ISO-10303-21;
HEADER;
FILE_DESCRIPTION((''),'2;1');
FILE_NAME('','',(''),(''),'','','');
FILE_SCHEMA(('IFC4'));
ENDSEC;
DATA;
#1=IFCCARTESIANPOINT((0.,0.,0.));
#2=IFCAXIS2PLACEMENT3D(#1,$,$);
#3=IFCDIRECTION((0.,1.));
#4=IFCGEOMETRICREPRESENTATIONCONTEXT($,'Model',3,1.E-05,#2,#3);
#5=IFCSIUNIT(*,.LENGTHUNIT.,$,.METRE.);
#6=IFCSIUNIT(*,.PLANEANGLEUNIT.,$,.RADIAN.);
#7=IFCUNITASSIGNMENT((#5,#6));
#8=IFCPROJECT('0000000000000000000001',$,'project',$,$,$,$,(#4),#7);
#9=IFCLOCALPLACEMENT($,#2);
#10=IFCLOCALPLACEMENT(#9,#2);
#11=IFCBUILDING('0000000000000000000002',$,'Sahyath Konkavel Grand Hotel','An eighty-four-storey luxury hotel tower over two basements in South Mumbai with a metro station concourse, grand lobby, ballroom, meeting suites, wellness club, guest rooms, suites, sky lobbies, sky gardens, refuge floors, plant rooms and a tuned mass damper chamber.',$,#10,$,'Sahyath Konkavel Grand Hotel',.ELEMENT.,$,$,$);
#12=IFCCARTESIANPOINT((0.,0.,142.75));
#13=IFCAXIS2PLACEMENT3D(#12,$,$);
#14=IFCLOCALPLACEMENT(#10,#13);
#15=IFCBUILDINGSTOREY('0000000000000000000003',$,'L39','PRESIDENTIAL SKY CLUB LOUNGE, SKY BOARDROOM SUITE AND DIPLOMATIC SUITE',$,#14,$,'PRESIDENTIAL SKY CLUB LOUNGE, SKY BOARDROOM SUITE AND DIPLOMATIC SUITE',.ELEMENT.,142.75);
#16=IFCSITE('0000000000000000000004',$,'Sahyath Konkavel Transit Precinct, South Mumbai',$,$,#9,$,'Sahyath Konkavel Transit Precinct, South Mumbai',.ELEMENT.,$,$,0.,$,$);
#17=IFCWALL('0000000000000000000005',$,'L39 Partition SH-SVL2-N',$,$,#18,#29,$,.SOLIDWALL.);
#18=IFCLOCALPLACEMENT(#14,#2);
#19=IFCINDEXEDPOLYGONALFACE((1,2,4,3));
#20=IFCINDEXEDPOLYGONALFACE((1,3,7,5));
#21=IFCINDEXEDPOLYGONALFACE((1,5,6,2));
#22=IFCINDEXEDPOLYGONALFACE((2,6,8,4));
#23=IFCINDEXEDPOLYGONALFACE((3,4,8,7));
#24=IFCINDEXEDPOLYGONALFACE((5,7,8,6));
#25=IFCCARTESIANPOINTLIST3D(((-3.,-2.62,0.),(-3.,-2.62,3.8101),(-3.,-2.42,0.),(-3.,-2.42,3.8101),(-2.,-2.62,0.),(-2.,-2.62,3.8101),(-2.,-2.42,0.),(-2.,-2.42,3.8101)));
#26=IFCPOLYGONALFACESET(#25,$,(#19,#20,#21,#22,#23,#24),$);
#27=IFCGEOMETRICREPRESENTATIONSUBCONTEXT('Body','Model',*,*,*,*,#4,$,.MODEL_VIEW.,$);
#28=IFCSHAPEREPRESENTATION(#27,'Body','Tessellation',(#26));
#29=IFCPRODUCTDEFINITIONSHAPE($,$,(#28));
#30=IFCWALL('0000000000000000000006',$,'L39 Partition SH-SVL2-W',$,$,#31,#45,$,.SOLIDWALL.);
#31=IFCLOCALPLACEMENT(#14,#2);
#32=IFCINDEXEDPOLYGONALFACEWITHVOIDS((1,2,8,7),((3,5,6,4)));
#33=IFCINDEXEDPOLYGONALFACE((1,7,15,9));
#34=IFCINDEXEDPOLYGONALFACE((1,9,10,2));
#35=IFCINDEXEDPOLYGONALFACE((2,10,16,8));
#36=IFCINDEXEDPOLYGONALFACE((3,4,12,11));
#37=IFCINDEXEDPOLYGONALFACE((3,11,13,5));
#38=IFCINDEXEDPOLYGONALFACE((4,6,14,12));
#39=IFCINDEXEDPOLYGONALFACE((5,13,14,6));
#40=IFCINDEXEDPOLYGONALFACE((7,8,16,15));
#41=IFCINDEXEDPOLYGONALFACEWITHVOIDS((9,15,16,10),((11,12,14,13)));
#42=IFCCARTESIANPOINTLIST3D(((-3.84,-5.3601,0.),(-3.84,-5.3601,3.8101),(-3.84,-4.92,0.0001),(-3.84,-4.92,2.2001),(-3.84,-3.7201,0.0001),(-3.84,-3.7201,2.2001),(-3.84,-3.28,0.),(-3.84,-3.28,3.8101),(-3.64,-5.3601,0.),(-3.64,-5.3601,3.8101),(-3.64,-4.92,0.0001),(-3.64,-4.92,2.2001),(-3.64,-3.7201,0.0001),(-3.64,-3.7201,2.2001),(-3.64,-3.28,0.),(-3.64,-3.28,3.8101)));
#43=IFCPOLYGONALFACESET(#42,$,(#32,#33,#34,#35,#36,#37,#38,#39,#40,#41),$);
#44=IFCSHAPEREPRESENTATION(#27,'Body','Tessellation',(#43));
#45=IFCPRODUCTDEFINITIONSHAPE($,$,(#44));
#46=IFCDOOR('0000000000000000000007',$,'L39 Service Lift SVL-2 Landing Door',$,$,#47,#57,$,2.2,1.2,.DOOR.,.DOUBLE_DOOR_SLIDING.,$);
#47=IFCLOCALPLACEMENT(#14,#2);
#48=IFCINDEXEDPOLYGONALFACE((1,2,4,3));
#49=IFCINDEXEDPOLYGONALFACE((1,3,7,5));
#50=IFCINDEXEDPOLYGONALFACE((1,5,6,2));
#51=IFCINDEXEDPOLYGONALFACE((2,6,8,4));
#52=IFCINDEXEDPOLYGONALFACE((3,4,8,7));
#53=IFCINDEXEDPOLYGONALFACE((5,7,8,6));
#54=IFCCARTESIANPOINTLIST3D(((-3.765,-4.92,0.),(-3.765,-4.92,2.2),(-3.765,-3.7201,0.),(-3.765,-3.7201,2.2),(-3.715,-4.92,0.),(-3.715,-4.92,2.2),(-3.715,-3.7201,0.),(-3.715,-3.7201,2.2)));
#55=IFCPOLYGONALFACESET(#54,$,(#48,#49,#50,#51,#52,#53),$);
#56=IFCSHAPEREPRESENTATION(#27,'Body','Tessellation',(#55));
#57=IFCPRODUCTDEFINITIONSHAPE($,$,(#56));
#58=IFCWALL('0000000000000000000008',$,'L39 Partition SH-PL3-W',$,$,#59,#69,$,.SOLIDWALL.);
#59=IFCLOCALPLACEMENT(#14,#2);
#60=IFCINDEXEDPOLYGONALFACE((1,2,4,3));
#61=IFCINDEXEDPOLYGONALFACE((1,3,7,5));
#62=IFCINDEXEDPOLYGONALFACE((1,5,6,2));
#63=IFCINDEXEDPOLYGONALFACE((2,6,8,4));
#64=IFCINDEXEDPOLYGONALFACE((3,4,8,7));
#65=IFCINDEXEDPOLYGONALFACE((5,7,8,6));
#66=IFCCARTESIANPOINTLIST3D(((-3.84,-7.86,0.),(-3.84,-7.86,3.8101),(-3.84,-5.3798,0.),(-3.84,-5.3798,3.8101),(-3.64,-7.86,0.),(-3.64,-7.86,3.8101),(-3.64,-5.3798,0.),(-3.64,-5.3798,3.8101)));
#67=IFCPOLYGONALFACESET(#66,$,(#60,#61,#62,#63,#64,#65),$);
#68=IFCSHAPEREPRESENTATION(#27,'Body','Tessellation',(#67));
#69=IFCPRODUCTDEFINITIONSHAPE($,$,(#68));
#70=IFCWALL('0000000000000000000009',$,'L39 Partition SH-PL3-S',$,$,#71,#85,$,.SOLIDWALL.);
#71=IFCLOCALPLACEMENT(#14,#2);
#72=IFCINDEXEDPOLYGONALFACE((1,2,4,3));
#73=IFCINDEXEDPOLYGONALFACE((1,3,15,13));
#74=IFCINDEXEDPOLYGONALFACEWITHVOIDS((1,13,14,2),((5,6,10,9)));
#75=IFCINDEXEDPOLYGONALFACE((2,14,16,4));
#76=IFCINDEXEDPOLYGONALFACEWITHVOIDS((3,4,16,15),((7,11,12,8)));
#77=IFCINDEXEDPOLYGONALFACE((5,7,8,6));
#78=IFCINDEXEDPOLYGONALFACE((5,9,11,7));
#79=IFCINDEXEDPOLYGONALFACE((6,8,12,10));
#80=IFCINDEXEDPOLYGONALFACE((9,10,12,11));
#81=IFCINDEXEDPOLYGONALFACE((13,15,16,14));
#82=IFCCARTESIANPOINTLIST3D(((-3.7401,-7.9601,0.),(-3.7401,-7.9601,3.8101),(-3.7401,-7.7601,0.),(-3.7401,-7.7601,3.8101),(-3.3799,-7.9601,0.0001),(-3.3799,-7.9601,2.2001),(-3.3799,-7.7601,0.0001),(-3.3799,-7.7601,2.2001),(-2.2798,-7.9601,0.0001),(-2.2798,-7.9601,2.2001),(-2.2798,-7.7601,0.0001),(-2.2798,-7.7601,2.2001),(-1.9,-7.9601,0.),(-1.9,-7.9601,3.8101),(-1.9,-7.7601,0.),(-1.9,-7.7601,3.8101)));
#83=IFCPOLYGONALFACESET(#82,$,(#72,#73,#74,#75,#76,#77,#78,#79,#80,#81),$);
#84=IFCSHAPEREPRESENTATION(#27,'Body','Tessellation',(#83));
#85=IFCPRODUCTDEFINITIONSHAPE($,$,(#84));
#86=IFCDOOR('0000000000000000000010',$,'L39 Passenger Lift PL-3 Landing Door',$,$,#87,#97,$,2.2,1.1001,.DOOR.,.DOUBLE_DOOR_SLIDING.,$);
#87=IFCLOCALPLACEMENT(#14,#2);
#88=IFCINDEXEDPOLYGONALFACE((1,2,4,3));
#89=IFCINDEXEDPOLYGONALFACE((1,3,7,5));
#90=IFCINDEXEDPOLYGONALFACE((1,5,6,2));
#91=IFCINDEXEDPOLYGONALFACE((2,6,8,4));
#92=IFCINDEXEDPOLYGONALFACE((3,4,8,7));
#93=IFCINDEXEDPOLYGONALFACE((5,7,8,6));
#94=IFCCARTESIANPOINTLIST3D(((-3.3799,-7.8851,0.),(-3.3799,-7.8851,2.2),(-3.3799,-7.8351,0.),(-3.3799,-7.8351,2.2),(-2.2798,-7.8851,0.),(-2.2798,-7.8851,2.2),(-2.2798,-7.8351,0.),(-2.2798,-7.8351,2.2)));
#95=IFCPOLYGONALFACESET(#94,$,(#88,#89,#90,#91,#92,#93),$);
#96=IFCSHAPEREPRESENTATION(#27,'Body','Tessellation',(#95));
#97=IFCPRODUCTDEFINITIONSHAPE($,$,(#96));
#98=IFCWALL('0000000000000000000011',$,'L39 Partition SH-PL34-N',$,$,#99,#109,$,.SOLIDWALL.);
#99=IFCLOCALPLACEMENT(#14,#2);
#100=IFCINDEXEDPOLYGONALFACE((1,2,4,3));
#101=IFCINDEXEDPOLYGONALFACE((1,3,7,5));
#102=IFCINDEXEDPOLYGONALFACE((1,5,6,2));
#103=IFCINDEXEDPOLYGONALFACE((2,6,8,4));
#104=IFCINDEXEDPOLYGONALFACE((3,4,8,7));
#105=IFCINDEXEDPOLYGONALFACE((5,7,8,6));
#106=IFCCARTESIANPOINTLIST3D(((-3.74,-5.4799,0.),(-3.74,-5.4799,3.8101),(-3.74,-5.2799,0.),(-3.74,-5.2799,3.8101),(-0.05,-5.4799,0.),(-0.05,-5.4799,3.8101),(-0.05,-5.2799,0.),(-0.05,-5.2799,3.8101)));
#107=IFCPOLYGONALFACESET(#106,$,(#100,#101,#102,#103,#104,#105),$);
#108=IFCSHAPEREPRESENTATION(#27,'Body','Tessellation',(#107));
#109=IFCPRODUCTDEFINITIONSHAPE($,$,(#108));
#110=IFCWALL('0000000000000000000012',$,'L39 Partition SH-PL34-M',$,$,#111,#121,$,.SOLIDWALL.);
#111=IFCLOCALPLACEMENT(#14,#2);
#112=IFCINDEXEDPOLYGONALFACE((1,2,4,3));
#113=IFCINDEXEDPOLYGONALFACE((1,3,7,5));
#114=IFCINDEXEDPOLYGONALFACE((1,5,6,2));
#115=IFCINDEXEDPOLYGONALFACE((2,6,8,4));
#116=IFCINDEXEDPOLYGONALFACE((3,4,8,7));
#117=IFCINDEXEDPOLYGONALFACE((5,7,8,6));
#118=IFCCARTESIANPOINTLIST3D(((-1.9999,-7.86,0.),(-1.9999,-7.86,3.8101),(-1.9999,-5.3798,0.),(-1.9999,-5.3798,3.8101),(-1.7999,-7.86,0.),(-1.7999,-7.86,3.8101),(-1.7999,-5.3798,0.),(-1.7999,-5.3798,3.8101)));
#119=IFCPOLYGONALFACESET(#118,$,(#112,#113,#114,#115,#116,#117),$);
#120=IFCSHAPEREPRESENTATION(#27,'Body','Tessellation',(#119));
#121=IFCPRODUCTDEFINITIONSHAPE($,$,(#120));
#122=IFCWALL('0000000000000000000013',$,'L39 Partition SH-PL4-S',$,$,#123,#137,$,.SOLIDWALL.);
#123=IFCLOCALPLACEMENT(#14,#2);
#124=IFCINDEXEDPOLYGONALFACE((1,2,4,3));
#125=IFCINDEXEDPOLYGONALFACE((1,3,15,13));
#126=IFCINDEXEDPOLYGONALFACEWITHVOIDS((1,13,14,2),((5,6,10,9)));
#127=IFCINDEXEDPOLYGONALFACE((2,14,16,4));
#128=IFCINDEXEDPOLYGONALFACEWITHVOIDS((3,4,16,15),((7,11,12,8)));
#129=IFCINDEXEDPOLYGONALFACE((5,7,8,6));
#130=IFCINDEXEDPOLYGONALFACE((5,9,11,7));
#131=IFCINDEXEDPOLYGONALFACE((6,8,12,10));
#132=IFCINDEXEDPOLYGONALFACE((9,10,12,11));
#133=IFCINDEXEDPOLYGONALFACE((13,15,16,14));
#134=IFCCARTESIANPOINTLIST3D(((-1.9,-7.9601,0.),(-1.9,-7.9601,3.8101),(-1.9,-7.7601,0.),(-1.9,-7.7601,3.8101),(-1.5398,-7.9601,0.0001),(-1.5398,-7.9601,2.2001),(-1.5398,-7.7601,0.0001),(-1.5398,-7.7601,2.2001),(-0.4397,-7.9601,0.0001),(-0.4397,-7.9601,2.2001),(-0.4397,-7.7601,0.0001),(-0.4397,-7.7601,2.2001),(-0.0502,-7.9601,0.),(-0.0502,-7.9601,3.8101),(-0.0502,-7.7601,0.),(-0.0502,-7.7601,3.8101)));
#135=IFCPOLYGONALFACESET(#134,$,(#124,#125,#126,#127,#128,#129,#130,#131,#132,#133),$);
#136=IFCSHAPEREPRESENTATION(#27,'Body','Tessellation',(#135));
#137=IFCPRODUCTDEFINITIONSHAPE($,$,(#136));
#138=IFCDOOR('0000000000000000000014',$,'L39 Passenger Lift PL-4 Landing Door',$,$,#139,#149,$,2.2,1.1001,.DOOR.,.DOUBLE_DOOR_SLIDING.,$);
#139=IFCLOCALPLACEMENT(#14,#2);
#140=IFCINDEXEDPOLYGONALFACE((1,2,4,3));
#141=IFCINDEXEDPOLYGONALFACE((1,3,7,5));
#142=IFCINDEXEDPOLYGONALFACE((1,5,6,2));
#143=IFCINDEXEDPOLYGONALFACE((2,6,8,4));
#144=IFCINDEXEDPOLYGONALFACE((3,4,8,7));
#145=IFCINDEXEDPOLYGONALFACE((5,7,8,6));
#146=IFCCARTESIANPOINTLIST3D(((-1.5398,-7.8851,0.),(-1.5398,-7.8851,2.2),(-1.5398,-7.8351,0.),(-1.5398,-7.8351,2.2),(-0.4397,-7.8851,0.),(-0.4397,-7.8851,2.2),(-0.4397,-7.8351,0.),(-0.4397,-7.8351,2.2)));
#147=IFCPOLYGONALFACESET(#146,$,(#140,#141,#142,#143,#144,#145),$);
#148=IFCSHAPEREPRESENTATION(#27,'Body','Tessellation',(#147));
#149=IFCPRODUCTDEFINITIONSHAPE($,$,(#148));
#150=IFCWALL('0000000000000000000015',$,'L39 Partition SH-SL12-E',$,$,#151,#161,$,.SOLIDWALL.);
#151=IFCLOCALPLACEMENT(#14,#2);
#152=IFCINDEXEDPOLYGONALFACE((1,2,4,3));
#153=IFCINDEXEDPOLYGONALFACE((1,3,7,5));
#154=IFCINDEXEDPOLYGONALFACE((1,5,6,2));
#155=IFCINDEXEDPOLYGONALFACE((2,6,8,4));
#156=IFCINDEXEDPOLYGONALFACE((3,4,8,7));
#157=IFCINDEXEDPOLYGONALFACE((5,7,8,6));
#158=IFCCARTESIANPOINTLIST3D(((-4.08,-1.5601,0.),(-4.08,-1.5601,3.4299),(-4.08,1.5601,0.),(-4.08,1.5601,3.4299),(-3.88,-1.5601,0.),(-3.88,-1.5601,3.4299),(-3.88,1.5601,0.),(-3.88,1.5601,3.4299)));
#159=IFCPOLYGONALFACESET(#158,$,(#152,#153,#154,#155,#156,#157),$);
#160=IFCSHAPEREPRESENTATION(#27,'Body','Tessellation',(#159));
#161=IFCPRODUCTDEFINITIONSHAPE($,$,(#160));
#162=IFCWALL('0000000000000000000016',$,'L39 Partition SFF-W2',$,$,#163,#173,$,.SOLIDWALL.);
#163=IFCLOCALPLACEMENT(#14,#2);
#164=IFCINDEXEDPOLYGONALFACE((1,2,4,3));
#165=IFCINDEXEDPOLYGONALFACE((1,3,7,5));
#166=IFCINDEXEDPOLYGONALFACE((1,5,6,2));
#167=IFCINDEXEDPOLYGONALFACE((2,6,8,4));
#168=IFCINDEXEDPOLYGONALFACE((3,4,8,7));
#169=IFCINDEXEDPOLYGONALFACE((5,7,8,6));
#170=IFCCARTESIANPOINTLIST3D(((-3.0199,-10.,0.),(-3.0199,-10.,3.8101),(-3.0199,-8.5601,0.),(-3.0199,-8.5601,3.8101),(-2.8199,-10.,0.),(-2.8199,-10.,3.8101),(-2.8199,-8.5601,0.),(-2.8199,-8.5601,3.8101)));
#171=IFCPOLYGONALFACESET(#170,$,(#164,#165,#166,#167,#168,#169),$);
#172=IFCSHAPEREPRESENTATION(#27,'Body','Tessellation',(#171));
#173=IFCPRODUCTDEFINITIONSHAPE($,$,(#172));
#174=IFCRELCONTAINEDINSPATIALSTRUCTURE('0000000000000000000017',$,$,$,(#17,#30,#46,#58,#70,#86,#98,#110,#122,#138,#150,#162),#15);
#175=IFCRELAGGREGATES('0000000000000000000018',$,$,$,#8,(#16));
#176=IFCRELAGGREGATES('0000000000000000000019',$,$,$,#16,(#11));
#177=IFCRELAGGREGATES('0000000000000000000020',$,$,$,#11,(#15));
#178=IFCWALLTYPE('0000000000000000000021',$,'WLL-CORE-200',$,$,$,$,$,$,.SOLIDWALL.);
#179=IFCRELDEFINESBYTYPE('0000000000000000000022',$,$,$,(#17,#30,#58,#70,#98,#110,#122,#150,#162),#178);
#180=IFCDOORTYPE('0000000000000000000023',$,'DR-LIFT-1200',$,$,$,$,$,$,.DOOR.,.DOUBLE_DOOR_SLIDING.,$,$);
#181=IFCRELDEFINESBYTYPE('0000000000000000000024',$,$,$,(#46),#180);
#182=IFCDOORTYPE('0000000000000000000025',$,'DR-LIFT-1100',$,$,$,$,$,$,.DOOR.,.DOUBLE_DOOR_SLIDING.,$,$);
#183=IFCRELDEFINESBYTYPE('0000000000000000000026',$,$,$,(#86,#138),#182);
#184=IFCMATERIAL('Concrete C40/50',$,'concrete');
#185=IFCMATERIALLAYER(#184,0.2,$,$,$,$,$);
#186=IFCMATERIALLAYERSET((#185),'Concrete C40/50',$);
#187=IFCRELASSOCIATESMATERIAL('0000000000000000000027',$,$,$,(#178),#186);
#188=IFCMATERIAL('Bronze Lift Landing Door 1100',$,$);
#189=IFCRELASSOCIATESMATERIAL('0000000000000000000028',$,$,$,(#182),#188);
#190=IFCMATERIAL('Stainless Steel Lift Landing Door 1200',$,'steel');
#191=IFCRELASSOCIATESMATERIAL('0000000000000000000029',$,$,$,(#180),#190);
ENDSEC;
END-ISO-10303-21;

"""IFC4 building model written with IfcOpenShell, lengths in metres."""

from ifc_helpers import new_model, si_unit, direction, frame, frame_2d, origin, origin_2d, place, context, subcontext, project, spatial, rectangle, extrude, source, transform, mapped, material, layer, layer_set, type_object, element, fill, save


model = new_model("IFC4")

# Units and contexts
model_context = context("Model", 3, precision=1e-05, world=origin(), true_north=direction((0.0, 1.0)))
body_context = subcontext(model_context, "Body", "Model", "MODEL_VIEW")
ifc_project = project(units=[si_unit("LENGTHUNIT", "METRE"), si_unit("PLANEANGLEUNIT", "RADIAN")], contexts=[model_context])

# Site, building, storey
site_placement = place(None, origin())
site = spatial("IfcSite", under=ifc_project, at=site_placement, Name="Sahyath Konkavel Transit Precinct, South Mumbai", LongName="Sahyath Konkavel Transit Precinct, South Mumbai", CompositionType="ELEMENT", RefElevation=0.0)
building_placement = place(site_placement, origin())
building = spatial("IfcBuilding", under=site, at=building_placement, Name="Sahyath Konkavel Grand Hotel", Description="An eighty-four-storey luxury hotel tower over two basements in South Mumbai with a metro station concourse, grand lobby, ballroom, meeting suites, wellness club, guest rooms, suites, sky lobbies, sky gardens, refuge floors, plant rooms and a tuned mass damper chamber.", LongName="Sahyath Konkavel Grand Hotel", CompositionType="ELEMENT")
storey_placement = place(building_placement, frame((0.0, 0.0, 142.75)))
storey = spatial("IfcBuildingStorey", under=building, at=storey_placement, Name="L39", Description="PRESIDENTIAL SKY CLUB LOUNGE, SKY BOARDROOM SUITE AND DIPLOMATIC SUITE", LongName="PRESIDENTIAL SKY CLUB LOUNGE, SKY BOARDROOM SUITE AND DIPLOMATIC SUITE", CompositionType="ELEMENT", Elevation=142.75)

# Shared definitions
ifc_material_1 = material(Name="Concrete C40/50", Category="concrete")
ifc_layer_1 = layer(ifc_material_1, 0.2)
ifc_layer_set_1 = layer_set([ifc_layer_1], Name="Concrete C40/50")
wall_type_1 = type_object("IfcWallType", Name="WLL-CORE-200", PredefinedType="SOLIDWALL", material=ifc_layer_set_1)

# Shared definitions
ifc_material_2 = material(Name="Bronze Lift Landing Door 1100")
door_type_1 = type_object("IfcDoorType", Name="DR-LIFT-1100", OperationType="DOUBLE_DOOR_SLIDING", PredefinedType="DOOR", material=ifc_material_2)
shared_shape_1 = source(origin(), body_context, "Body", "SweptSolid", [
    extrude(rectangle(XDim=1.1001, YDim=0.05, at=origin_2d()), origin(), (0.0, 0.0, 1.0), 2.2),
])

# Wall
wall_1_placement = place(storey_placement, frame((-3.0, -2.52, 0.0), z_axis=(0.0, 0.0, 1.0), x_axis=(1.0, 0.0, 0.0)))
element("IfcWall", 1, at=wall_1_placement, inside=storey, type_object=wall_type_1, Name="L39 Partition SH-SVL2-N", PredefinedType="SOLIDWALL", context=body_context, shape_type="SweptSolid", body=[
    extrude(rectangle(XDim=1.0, YDim=0.2, at=frame_2d((0.5, 0.0))), origin(), (0.0, 0.0, 1.0), 3.8101),
])

# Wall, opening, door
wall_2_placement = place(storey_placement, frame((-3.74, -5.3601, 0.0), z_axis=(0.0, 0.0, 1.0), x_axis=(0.0, 1.0, 0.0)))
wall_2 = element("IfcWall", 2, at=wall_2_placement, inside=storey, type_object=wall_type_1, Name="L39 Partition SH-SVL2-W", PredefinedType="SOLIDWALL", context=body_context, shape_type="SweptSolid", body=[
    extrude(rectangle(XDim=2.0801, YDim=0.2, at=frame_2d((1.04, 0.0))), origin(), (0.0, 0.0, 1.0), 3.8101),
])
opening_1_placement = place(wall_2_placement, frame((0.4399, 0.0, 0.0)))
opening_1 = element("IfcOpeningElement", 3, at=opening_1_placement, cuts=wall_2, PredefinedType="OPENING", context=body_context, shape_type="SweptSolid", body=[
    extrude(rectangle(XDim=1.2, YDim=2.2, at=frame_2d((0.6001, 1.1001))), frame((0.0, 0.1099, 0.0), z_axis=(0.0, -1.0, 0.0), x_axis=(1.0, 0.0, 0.0)), (0.0, 0.0, 1.0), 0.22),
])
ifc_material_3 = material(Name="Stainless Steel Lift Landing Door 1200", Category="steel")
door_type_2 = type_object("IfcDoorType", Name="DR-LIFT-1200", OperationType="DOUBLE_DOOR_SLIDING", PredefinedType="DOOR", material=ifc_material_3)
shared_shape_2 = source(origin(), body_context, "Body", "SweptSolid", [
    extrude(rectangle(XDim=1.2, YDim=0.05, at=origin_2d()), origin(), (0.0, 0.0, 1.0), 2.2),
])
door_1_placement = place(opening_1_placement, frame((0.6001, 0.0, 0.0)))
door_1 = element("IfcDoor", 4, at=door_1_placement, inside=storey, type_object=door_type_2, Name="L39 Service Lift SVL-2 Landing Door", OperationType="DOUBLE_DOOR_SLIDING", OverallHeight=2.2, OverallWidth=1.2, PredefinedType="DOOR", context=body_context, shape_type="MappedRepresentation", body=[
    mapped(shared_shape_2, transform((0.0, 0.0, 0.0), scale=1.0)),
])
fill(opening_1, door_1)

# Wall
wall_3_placement = place(storey_placement, frame((-3.74, -7.8601, 0.0), z_axis=(0.0, 0.0, 1.0), x_axis=(0.0, 1.0, 0.0)))
element("IfcWall", 5, at=wall_3_placement, inside=storey, type_object=wall_type_1, Name="L39 Partition SH-PL3-W", PredefinedType="SOLIDWALL", context=body_context, shape_type="SweptSolid", body=[
    extrude(rectangle(XDim=2.4802, YDim=0.2, at=frame_2d((1.2402, 0.0))), origin(), (0.0, 0.0, 1.0), 3.8101),
])

# Wall, opening, door
wall_4_placement = place(storey_placement, frame((-3.74, -7.8601, 0.0), z_axis=(0.0, 0.0, 1.0), x_axis=(1.0, 0.0, 0.0)))
wall_4 = element("IfcWall", 6, at=wall_4_placement, inside=storey, type_object=wall_type_1, Name="L39 Partition SH-PL3-S", PredefinedType="SOLIDWALL", context=body_context, shape_type="SweptSolid", body=[
    extrude(rectangle(XDim=1.8401, YDim=0.2, at=frame_2d((0.9199, 0.0))), origin(), (0.0, 0.0, 1.0), 3.8101),
])
opening_2_placement = place(wall_4_placement, frame((0.3601, 0.0, 0.0)))
opening_2 = element("IfcOpeningElement", 7, at=opening_2_placement, cuts=wall_4, PredefinedType="OPENING", context=body_context, shape_type="SweptSolid", body=[
    extrude(rectangle(XDim=1.1001, YDim=2.2, at=frame_2d((0.55, 1.1001))), frame((0.0, 0.1099, 0.0), z_axis=(0.0, -1.0, 0.0), x_axis=(1.0, 0.0, 0.0)), (0.0, 0.0, 1.0), 0.22),
])
door_2_placement = place(opening_2_placement, frame((0.55, 0.0, 0.0)))
door_2 = element("IfcDoor", 8, at=door_2_placement, inside=storey, type_object=door_type_1, Name="L39 Passenger Lift PL-3 Landing Door", OperationType="DOUBLE_DOOR_SLIDING", OverallHeight=2.2, OverallWidth=1.1001, PredefinedType="DOOR", context=body_context, shape_type="MappedRepresentation", body=[
    mapped(shared_shape_1, transform((0.0, 0.0, 0.0), scale=1.0)),
])
fill(opening_2, door_2)

# Walls
wall_5_placement = place(storey_placement, frame((-3.74, -5.3799, 0.0), z_axis=(0.0, 0.0, 1.0), x_axis=(1.0, 0.0, 0.0)))
element("IfcWall", 9, at=wall_5_placement, inside=storey, type_object=wall_type_1, Name="L39 Partition SH-PL34-N", PredefinedType="SOLIDWALL", context=body_context, shape_type="SweptSolid", body=[
    extrude(rectangle(XDim=3.6899, YDim=0.2, at=frame_2d((1.845, 0.0))), origin(), (0.0, 0.0, 1.0), 3.8101),
])
wall_6_placement = place(storey_placement, frame((-1.8999, -7.8601, 0.0), z_axis=(0.0, 0.0, 1.0), x_axis=(0.0, 1.0, 0.0)))
element("IfcWall", 10, at=wall_6_placement, inside=storey, type_object=wall_type_1, Name="L39 Partition SH-PL34-M", PredefinedType="SOLIDWALL", context=body_context, shape_type="SweptSolid", body=[
    extrude(rectangle(XDim=2.4802, YDim=0.2, at=frame_2d((1.2402, 0.0))), origin(), (0.0, 0.0, 1.0), 3.8101),
])

# Wall, opening, door
wall_7_placement = place(storey_placement, frame((-1.8999, -7.8601, 0.0), z_axis=(0.0, 0.0, 1.0), x_axis=(1.0, 0.0, 0.0)))
wall_7 = element("IfcWall", 11, at=wall_7_placement, inside=storey, type_object=wall_type_1, Name="L39 Partition SH-PL4-S", PredefinedType="SOLIDWALL", context=body_context, shape_type="SweptSolid", body=[
    extrude(rectangle(XDim=1.8499, YDim=0.2, at=frame_2d((0.9248, 0.0))), origin(), (0.0, 0.0, 1.0), 3.8101),
])
opening_3_placement = place(wall_7_placement, frame((0.3601, 0.0, 0.0)))
opening_3 = element("IfcOpeningElement", 12, at=opening_3_placement, cuts=wall_7, PredefinedType="OPENING", context=body_context, shape_type="SweptSolid", body=[
    extrude(rectangle(XDim=1.1001, YDim=2.2, at=frame_2d((0.55, 1.1001))), frame((0.0, 0.1099, 0.0), z_axis=(0.0, -1.0, 0.0), x_axis=(1.0, 0.0, 0.0)), (0.0, 0.0, 1.0), 0.22),
])
door_3_placement = place(opening_3_placement, frame((0.55, 0.0, 0.0)))
door_3 = element("IfcDoor", 13, at=door_3_placement, inside=storey, type_object=door_type_1, Name="L39 Passenger Lift PL-4 Landing Door", OperationType="DOUBLE_DOOR_SLIDING", OverallHeight=2.2, OverallWidth=1.1001, PredefinedType="DOOR", context=body_context, shape_type="MappedRepresentation", body=[
    mapped(shared_shape_1, transform((0.0, 0.0, 0.0), scale=1.0)),
])
fill(opening_3, door_3)

# Wall
wall_8_placement = place(storey_placement, frame((-3.98, -1.5601, 0.0), z_axis=(0.0, 0.0, 1.0), x_axis=(0.0, 1.0, 0.0)))
element("IfcWall", 14, at=wall_8_placement, inside=storey, type_object=wall_type_1, Name="L39 Partition SH-SL12-E", PredefinedType="SOLIDWALL", context=body_context, shape_type="SweptSolid", body=[
    extrude(rectangle(XDim=3.1201, YDim=0.2, at=frame_2d((1.5601, 0.0))), origin(), (0.0, 0.0, 1.0), 3.4299),
])

# Wall
wall_9_placement = place(storey_placement, frame((-2.9199, -10.0, 0.0), z_axis=(0.0, 0.0, 1.0), x_axis=(0.0, 1.0, 0.0)))
element("IfcWall", 15, at=wall_9_placement, inside=storey, type_object=wall_type_1, Name="L39 Partition SFF-W2", PredefinedType="SOLIDWALL", context=body_context, shape_type="SweptSolid", body=[
    extrude(rectangle(XDim=1.4399, YDim=0.2, at=frame_2d((0.72, 0.0))), origin(), (0.0, 0.0, 1.0), 3.8101),
])

save(model, "model.ifc")
